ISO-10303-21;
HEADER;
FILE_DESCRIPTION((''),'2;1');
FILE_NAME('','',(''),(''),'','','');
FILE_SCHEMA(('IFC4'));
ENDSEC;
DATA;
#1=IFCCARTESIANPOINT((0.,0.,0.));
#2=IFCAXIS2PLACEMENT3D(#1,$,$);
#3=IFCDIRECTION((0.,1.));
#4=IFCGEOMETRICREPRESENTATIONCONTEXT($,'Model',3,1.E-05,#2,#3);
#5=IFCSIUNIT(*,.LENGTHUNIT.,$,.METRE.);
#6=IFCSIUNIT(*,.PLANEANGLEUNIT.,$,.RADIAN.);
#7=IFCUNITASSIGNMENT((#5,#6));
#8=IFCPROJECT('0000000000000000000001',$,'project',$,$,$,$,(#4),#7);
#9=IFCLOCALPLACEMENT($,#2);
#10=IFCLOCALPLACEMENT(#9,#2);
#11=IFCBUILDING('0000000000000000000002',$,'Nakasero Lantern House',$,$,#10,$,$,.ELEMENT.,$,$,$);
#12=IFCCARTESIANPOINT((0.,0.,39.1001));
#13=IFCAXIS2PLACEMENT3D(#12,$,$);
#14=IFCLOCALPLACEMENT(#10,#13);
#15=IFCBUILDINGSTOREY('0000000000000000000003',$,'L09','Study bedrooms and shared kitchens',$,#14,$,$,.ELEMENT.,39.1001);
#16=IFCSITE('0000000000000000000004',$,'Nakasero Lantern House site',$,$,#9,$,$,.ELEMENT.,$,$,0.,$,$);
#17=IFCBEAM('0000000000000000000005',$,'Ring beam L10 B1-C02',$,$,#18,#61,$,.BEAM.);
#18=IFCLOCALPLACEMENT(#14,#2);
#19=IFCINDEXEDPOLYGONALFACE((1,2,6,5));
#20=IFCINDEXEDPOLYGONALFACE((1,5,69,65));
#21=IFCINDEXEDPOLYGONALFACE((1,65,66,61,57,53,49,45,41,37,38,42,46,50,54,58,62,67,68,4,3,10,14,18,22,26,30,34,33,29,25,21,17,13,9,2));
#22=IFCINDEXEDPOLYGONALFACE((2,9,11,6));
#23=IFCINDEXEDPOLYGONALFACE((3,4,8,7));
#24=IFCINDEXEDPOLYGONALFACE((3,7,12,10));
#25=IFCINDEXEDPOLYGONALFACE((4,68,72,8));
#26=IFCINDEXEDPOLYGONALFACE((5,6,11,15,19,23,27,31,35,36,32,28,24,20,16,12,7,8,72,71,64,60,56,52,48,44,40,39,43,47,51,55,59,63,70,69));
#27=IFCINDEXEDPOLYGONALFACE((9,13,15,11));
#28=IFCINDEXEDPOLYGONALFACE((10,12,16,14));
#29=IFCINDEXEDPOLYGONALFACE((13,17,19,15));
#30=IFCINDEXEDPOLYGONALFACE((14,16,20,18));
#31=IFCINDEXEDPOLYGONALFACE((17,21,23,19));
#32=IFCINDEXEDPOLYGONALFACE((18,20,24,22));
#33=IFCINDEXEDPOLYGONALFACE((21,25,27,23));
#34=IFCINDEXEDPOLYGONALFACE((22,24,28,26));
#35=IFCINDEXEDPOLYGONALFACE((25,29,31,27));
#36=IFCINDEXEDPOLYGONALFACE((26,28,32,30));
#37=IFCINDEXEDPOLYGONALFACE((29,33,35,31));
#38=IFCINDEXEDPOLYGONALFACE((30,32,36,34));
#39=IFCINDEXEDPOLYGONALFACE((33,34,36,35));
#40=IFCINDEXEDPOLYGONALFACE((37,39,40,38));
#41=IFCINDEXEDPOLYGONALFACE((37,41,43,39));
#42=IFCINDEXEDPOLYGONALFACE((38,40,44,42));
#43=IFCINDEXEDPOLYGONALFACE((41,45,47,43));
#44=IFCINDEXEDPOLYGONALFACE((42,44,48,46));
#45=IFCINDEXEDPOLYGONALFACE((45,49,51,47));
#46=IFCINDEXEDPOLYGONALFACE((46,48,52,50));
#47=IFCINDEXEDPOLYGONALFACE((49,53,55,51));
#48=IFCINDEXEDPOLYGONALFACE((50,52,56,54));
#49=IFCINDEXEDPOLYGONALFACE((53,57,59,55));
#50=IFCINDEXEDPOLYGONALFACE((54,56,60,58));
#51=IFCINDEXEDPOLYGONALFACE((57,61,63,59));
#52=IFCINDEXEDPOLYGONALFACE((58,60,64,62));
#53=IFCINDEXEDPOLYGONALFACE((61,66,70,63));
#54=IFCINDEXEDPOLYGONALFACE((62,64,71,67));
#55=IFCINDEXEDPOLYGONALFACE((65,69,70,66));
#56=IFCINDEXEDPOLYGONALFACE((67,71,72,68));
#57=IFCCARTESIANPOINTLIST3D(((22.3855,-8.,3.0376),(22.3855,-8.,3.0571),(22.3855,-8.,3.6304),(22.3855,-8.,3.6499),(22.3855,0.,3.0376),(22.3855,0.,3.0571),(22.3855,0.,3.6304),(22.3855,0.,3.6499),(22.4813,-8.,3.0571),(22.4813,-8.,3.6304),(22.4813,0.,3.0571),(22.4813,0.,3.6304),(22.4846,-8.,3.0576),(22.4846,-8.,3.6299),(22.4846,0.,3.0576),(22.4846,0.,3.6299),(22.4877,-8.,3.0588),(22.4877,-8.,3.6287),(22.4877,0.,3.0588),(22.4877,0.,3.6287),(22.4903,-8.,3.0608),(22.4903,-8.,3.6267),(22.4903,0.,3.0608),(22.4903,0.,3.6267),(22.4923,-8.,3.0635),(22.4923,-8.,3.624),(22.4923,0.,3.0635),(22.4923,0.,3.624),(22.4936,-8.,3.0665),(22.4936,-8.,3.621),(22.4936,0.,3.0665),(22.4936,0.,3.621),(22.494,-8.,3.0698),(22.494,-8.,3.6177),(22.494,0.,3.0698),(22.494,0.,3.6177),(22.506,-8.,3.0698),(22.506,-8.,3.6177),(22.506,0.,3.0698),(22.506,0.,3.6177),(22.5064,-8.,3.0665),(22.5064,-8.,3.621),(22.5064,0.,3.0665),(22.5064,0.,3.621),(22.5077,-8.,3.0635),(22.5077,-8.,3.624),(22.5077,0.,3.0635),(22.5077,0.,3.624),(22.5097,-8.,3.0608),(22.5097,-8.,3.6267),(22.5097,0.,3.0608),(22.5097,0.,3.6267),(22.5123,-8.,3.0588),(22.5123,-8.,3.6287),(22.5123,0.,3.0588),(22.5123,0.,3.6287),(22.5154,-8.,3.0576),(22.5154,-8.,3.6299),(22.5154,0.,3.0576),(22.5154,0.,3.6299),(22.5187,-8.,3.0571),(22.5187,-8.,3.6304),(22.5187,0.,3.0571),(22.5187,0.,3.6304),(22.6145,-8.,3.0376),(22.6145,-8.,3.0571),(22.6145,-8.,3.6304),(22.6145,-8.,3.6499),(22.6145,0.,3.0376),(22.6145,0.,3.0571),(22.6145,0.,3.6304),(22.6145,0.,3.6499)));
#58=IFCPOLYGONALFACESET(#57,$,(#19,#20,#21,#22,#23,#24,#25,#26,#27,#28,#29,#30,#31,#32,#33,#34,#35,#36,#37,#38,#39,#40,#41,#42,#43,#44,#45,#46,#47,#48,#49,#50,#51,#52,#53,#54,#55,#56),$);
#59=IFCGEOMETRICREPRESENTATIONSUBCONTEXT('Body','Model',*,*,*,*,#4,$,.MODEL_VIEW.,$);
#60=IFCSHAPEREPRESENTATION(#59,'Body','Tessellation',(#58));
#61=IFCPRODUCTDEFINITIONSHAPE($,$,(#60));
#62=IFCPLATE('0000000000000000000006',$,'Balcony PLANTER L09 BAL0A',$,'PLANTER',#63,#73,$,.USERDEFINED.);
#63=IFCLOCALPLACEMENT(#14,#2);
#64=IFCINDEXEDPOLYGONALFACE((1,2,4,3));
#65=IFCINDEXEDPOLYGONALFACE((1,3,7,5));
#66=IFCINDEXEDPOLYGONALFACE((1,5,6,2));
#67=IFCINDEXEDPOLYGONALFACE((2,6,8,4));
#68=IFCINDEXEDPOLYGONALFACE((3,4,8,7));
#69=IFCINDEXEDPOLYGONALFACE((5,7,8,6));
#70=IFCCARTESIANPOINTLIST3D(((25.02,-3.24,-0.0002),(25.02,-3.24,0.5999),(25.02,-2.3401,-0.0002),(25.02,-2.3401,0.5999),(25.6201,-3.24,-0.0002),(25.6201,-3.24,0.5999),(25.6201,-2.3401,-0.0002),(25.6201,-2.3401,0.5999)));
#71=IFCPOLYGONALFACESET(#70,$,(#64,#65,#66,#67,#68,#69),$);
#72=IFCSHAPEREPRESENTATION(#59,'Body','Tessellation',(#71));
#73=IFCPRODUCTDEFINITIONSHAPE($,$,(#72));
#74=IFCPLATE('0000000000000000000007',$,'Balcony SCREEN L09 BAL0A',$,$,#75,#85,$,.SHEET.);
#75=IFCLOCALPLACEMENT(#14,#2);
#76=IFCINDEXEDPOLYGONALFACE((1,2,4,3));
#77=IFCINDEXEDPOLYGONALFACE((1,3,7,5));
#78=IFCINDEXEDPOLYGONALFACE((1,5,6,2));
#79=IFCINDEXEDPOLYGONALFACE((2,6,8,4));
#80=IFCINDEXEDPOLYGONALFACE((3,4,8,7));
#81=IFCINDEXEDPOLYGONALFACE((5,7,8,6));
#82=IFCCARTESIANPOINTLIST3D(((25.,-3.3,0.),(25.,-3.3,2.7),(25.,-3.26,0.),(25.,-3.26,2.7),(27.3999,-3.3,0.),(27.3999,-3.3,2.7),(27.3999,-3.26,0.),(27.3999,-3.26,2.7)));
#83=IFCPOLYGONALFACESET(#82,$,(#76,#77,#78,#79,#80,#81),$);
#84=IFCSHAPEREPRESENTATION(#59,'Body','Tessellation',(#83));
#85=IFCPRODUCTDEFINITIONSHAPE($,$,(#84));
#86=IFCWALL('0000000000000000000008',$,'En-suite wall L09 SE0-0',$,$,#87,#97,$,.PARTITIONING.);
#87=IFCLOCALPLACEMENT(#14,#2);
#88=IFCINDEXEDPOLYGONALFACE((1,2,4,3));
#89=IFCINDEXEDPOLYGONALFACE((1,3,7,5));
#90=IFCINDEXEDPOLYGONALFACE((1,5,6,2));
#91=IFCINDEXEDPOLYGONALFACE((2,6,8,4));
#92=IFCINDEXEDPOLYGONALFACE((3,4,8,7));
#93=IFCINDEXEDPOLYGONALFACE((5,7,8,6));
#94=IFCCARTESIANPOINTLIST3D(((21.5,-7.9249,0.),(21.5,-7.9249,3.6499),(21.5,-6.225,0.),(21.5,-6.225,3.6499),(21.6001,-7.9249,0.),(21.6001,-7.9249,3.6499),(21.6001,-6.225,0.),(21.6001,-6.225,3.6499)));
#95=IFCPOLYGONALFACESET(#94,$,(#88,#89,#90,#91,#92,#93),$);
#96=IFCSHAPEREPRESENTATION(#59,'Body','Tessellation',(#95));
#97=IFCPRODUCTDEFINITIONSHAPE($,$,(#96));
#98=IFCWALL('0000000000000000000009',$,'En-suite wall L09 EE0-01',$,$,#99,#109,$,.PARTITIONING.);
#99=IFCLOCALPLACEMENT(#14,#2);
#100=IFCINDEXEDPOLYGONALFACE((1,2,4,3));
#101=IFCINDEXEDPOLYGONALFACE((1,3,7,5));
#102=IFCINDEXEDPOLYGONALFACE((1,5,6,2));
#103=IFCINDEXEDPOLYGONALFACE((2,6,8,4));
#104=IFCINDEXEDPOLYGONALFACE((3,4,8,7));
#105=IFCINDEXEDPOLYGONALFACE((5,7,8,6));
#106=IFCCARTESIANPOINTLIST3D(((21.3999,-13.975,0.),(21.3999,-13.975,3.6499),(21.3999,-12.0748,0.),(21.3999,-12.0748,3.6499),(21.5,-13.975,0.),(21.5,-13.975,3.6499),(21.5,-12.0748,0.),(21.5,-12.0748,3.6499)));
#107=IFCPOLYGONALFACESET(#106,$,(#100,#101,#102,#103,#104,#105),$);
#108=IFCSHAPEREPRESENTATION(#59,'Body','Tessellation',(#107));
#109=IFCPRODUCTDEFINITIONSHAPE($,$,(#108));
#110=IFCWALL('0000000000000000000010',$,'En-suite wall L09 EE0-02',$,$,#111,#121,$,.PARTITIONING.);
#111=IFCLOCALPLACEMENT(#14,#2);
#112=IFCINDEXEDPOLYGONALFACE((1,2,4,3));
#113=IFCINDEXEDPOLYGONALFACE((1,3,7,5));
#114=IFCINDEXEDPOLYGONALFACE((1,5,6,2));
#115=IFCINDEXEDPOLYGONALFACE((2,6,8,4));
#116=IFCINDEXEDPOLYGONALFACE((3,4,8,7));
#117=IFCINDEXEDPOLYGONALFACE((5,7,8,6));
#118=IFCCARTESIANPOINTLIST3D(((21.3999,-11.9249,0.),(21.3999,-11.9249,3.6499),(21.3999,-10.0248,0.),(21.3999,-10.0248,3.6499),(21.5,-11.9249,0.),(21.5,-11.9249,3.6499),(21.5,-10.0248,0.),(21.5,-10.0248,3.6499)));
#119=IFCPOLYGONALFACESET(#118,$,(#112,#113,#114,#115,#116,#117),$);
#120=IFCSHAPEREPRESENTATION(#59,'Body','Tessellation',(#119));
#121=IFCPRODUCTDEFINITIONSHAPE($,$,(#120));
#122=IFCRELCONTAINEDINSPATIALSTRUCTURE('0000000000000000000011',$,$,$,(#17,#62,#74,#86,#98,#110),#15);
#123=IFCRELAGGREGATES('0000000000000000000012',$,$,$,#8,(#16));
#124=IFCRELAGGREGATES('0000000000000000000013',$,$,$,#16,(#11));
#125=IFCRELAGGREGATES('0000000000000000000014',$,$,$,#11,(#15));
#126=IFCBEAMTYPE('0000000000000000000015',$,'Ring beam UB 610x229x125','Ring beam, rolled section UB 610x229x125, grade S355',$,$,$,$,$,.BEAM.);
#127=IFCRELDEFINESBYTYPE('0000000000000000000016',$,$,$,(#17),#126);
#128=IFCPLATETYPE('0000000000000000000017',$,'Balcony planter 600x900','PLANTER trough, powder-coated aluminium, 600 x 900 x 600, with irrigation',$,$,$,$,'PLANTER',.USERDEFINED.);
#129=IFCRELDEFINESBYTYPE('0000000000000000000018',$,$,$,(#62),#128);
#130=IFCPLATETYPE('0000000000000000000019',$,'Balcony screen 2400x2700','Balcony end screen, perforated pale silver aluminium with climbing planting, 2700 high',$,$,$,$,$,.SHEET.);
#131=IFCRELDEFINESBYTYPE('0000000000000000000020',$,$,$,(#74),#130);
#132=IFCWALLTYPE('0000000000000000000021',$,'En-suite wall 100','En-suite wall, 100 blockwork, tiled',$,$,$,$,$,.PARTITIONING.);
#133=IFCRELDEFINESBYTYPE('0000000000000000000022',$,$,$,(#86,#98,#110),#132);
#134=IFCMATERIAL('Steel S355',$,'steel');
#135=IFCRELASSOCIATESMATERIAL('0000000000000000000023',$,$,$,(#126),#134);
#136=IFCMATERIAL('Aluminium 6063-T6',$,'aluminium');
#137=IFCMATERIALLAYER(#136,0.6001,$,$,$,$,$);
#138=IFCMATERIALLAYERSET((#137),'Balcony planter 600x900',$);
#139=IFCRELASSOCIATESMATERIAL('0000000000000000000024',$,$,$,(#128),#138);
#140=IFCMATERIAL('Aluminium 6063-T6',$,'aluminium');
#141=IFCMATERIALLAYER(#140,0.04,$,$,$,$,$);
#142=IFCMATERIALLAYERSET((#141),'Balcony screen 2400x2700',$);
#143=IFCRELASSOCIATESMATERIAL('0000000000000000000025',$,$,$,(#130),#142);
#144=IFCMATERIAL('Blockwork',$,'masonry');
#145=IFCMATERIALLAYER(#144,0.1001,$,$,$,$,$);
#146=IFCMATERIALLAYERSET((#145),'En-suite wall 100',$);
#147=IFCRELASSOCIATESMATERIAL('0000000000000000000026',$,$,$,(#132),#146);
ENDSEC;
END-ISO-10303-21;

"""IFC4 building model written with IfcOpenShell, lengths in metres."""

from ifc_helpers import new_model, si_unit, direction, frame, frame_2d, origin, origin_2d, place, context, subcontext, project, spatial, rectangle, i_section, extrude, material, layer, layer_set, material_profile, profile_set, type_object, element, save


model = new_model("IFC4")

# Units and contexts
model_context = context("Model", 3, precision=1e-05, world=origin(), true_north=direction((0.0, 1.0)))
body_context = subcontext(model_context, "Body", "Model", "MODEL_VIEW")
ifc_project = project(units=[si_unit("LENGTHUNIT", "METRE"), si_unit("PLANEANGLEUNIT", "RADIAN")], contexts=[model_context])

# Site, building, storey
site_placement = place(None, origin())
site = spatial("IfcSite", under=ifc_project, at=site_placement, Name="Nakasero Lantern House site", CompositionType="ELEMENT", RefElevation=0.0)
building_placement = place(site_placement, origin())
building = spatial("IfcBuilding", under=site, at=building_placement, Name="Nakasero Lantern House", CompositionType="ELEMENT")
storey_placement = place(building_placement, frame((0.0, 0.0, 39.1001)))
storey = spatial("IfcBuildingStorey", under=building, at=storey_placement, Name="L09", Description="Study bedrooms and shared kitchens", CompositionType="ELEMENT", Elevation=39.1001)

# Beam
ifc_material_1 = material(Name="Steel S355", Category="steel")
ifc_material_profile_1 = material_profile(ifc_material_1, i_section(OverallWidth=0.229, OverallDepth=0.6123, WebThickness=0.012, FlangeThickness=0.0195, FilletRadius=0.0127, at=origin_2d()), Name="UB 610x229x125")
ifc_profile_set_1 = profile_set([ifc_material_profile_1], Name="Steel S355")
beam_type_1 = type_object("IfcBeamType", Name="Ring beam UB 610x229x125", Description="Ring beam, rolled section UB 610x229x125, grade S355", PredefinedType="BEAM", material=ifc_profile_set_1)
for number, where, z_axis, x_axis, name in (
    (1, (22.5, -8.0, 3.3438), (0.0, 1.0, 0.0), (-1.0, 0.0, 0.0), "Ring beam L10 B1-C02"),
):
    element("IfcBeam", number, at=place(storey_placement, frame(where, z_axis=z_axis, x_axis=x_axis)), inside=storey, type_object=beam_type_1, Name=name, PredefinedType="BEAM", context=body_context, shape_type="SweptSolid", body=[
        extrude(i_section(OverallWidth=0.229, OverallDepth=0.6123, WebThickness=0.012, FlangeThickness=0.0195, FilletRadius=0.0127, at=origin_2d()), origin(), (0.0, 0.0, 1.0), 8.0),
    ])

# Plates
ifc_material_2 = material(Name="Aluminium 6063-T6", Category="aluminium")
ifc_layer_1 = layer(ifc_material_2, 0.6001)
ifc_layer_set_1 = layer_set([ifc_layer_1], Name="Balcony planter 600x900")
plate_type_1 = type_object("IfcPlateType", Name="Balcony planter 600x900", Description="PLANTER trough, powder-coated aluminium, 600 x 900 x 600, with irrigation", ElementType="PLANTER", PredefinedType="USERDEFINED", material=ifc_layer_set_1)
plate_1_placement = place(storey_placement, frame((25.3201, -2.79, -0.0002), z_axis=(0.0, 0.0, 1.0), x_axis=(1.0, 0.0, 0.0)))
element("IfcPlate", 2, at=plate_1_placement, inside=storey, type_object=plate_type_1, Name="Balcony PLANTER L09 BAL0A", ObjectType="PLANTER", PredefinedType="USERDEFINED", context=body_context, shape_type="SweptSolid", body=[
    extrude(rectangle(XDim=0.6001, YDim=0.8999, at=origin_2d()), origin(), (0.0, 0.0, 1.0), 0.6001),
])
ifc_material_3 = material(Name="Aluminium 6063-T6", Category="aluminium")
ifc_layer_2 = layer(ifc_material_3, 0.04)
ifc_layer_set_2 = layer_set([ifc_layer_2], Name="Balcony screen 2400x2700")
plate_type_2 = type_object("IfcPlateType", Name="Balcony screen 2400x2700", Description="Balcony end screen, perforated pale silver aluminium with climbing planting, 2700 high", PredefinedType="SHEET", material=ifc_layer_set_2)
plate_2_placement = place(storey_placement, frame((26.2, -3.28, 0.0), z_axis=(0.0, 0.0, 1.0), x_axis=(1.0, 0.0, 0.0)))
element("IfcPlate", 3, at=plate_2_placement, inside=storey, type_object=plate_type_2, Name="Balcony SCREEN L09 BAL0A", PredefinedType="SHEET", context=body_context, shape_type="SweptSolid", body=[
    extrude(rectangle(XDim=2.3999, YDim=0.04, at=origin_2d()), origin(), (0.0, 0.0, 1.0), 2.7),
])

# Walls
ifc_material_4 = material(Name="Blockwork", Category="masonry")
ifc_layer_3 = layer(ifc_material_4, 0.1001)
ifc_layer_set_3 = layer_set([ifc_layer_3], Name="En-suite wall 100")
wall_type_1 = type_object("IfcWallType", Name="En-suite wall 100", Description="En-suite wall, 100 blockwork, tiled", PredefinedType="PARTITIONING", material=ifc_layer_set_3)
wall_1_placement = place(storey_placement, frame((21.55, -7.925, 0.0), z_axis=(0.0, 0.0, 1.0), x_axis=(0.0, 1.0, 0.0)))
element("IfcWall", 4, at=wall_1_placement, inside=storey, type_object=wall_type_1, Name="En-suite wall L09 SE0-0", PredefinedType="PARTITIONING", context=body_context, shape_type="SweptSolid", body=[
    extrude(rectangle(XDim=1.7, YDim=0.1001, at=frame_2d((0.8501, 0.0))), origin(), (0.0, 0.0, 1.0), 3.6499),
])
for number, where, z_axis, x_axis, name in (
    (5, (21.45, -13.9751, 0.0), (0.0, 0.0, 1.0), (0.0, 1.0, 0.0), "En-suite wall L09 EE0-01"),
    (6, (21.45, -11.925, 0.0), (0.0, 0.0, 1.0), (0.0, 1.0, 0.0), "En-suite wall L09 EE0-02"),
):
    element("IfcWall", number, at=place(storey_placement, frame(where, z_axis=z_axis, x_axis=x_axis)), inside=storey, type_object=wall_type_1, Name=name, PredefinedType="PARTITIONING", context=body_context, shape_type="SweptSolid", body=[
        extrude(rectangle(XDim=1.9001, YDim=0.1001, at=frame_2d((0.9502, 0.0))), origin(), (0.0, 0.0, 1.0), 3.6499),
    ])

save(model, "model.ifc")
